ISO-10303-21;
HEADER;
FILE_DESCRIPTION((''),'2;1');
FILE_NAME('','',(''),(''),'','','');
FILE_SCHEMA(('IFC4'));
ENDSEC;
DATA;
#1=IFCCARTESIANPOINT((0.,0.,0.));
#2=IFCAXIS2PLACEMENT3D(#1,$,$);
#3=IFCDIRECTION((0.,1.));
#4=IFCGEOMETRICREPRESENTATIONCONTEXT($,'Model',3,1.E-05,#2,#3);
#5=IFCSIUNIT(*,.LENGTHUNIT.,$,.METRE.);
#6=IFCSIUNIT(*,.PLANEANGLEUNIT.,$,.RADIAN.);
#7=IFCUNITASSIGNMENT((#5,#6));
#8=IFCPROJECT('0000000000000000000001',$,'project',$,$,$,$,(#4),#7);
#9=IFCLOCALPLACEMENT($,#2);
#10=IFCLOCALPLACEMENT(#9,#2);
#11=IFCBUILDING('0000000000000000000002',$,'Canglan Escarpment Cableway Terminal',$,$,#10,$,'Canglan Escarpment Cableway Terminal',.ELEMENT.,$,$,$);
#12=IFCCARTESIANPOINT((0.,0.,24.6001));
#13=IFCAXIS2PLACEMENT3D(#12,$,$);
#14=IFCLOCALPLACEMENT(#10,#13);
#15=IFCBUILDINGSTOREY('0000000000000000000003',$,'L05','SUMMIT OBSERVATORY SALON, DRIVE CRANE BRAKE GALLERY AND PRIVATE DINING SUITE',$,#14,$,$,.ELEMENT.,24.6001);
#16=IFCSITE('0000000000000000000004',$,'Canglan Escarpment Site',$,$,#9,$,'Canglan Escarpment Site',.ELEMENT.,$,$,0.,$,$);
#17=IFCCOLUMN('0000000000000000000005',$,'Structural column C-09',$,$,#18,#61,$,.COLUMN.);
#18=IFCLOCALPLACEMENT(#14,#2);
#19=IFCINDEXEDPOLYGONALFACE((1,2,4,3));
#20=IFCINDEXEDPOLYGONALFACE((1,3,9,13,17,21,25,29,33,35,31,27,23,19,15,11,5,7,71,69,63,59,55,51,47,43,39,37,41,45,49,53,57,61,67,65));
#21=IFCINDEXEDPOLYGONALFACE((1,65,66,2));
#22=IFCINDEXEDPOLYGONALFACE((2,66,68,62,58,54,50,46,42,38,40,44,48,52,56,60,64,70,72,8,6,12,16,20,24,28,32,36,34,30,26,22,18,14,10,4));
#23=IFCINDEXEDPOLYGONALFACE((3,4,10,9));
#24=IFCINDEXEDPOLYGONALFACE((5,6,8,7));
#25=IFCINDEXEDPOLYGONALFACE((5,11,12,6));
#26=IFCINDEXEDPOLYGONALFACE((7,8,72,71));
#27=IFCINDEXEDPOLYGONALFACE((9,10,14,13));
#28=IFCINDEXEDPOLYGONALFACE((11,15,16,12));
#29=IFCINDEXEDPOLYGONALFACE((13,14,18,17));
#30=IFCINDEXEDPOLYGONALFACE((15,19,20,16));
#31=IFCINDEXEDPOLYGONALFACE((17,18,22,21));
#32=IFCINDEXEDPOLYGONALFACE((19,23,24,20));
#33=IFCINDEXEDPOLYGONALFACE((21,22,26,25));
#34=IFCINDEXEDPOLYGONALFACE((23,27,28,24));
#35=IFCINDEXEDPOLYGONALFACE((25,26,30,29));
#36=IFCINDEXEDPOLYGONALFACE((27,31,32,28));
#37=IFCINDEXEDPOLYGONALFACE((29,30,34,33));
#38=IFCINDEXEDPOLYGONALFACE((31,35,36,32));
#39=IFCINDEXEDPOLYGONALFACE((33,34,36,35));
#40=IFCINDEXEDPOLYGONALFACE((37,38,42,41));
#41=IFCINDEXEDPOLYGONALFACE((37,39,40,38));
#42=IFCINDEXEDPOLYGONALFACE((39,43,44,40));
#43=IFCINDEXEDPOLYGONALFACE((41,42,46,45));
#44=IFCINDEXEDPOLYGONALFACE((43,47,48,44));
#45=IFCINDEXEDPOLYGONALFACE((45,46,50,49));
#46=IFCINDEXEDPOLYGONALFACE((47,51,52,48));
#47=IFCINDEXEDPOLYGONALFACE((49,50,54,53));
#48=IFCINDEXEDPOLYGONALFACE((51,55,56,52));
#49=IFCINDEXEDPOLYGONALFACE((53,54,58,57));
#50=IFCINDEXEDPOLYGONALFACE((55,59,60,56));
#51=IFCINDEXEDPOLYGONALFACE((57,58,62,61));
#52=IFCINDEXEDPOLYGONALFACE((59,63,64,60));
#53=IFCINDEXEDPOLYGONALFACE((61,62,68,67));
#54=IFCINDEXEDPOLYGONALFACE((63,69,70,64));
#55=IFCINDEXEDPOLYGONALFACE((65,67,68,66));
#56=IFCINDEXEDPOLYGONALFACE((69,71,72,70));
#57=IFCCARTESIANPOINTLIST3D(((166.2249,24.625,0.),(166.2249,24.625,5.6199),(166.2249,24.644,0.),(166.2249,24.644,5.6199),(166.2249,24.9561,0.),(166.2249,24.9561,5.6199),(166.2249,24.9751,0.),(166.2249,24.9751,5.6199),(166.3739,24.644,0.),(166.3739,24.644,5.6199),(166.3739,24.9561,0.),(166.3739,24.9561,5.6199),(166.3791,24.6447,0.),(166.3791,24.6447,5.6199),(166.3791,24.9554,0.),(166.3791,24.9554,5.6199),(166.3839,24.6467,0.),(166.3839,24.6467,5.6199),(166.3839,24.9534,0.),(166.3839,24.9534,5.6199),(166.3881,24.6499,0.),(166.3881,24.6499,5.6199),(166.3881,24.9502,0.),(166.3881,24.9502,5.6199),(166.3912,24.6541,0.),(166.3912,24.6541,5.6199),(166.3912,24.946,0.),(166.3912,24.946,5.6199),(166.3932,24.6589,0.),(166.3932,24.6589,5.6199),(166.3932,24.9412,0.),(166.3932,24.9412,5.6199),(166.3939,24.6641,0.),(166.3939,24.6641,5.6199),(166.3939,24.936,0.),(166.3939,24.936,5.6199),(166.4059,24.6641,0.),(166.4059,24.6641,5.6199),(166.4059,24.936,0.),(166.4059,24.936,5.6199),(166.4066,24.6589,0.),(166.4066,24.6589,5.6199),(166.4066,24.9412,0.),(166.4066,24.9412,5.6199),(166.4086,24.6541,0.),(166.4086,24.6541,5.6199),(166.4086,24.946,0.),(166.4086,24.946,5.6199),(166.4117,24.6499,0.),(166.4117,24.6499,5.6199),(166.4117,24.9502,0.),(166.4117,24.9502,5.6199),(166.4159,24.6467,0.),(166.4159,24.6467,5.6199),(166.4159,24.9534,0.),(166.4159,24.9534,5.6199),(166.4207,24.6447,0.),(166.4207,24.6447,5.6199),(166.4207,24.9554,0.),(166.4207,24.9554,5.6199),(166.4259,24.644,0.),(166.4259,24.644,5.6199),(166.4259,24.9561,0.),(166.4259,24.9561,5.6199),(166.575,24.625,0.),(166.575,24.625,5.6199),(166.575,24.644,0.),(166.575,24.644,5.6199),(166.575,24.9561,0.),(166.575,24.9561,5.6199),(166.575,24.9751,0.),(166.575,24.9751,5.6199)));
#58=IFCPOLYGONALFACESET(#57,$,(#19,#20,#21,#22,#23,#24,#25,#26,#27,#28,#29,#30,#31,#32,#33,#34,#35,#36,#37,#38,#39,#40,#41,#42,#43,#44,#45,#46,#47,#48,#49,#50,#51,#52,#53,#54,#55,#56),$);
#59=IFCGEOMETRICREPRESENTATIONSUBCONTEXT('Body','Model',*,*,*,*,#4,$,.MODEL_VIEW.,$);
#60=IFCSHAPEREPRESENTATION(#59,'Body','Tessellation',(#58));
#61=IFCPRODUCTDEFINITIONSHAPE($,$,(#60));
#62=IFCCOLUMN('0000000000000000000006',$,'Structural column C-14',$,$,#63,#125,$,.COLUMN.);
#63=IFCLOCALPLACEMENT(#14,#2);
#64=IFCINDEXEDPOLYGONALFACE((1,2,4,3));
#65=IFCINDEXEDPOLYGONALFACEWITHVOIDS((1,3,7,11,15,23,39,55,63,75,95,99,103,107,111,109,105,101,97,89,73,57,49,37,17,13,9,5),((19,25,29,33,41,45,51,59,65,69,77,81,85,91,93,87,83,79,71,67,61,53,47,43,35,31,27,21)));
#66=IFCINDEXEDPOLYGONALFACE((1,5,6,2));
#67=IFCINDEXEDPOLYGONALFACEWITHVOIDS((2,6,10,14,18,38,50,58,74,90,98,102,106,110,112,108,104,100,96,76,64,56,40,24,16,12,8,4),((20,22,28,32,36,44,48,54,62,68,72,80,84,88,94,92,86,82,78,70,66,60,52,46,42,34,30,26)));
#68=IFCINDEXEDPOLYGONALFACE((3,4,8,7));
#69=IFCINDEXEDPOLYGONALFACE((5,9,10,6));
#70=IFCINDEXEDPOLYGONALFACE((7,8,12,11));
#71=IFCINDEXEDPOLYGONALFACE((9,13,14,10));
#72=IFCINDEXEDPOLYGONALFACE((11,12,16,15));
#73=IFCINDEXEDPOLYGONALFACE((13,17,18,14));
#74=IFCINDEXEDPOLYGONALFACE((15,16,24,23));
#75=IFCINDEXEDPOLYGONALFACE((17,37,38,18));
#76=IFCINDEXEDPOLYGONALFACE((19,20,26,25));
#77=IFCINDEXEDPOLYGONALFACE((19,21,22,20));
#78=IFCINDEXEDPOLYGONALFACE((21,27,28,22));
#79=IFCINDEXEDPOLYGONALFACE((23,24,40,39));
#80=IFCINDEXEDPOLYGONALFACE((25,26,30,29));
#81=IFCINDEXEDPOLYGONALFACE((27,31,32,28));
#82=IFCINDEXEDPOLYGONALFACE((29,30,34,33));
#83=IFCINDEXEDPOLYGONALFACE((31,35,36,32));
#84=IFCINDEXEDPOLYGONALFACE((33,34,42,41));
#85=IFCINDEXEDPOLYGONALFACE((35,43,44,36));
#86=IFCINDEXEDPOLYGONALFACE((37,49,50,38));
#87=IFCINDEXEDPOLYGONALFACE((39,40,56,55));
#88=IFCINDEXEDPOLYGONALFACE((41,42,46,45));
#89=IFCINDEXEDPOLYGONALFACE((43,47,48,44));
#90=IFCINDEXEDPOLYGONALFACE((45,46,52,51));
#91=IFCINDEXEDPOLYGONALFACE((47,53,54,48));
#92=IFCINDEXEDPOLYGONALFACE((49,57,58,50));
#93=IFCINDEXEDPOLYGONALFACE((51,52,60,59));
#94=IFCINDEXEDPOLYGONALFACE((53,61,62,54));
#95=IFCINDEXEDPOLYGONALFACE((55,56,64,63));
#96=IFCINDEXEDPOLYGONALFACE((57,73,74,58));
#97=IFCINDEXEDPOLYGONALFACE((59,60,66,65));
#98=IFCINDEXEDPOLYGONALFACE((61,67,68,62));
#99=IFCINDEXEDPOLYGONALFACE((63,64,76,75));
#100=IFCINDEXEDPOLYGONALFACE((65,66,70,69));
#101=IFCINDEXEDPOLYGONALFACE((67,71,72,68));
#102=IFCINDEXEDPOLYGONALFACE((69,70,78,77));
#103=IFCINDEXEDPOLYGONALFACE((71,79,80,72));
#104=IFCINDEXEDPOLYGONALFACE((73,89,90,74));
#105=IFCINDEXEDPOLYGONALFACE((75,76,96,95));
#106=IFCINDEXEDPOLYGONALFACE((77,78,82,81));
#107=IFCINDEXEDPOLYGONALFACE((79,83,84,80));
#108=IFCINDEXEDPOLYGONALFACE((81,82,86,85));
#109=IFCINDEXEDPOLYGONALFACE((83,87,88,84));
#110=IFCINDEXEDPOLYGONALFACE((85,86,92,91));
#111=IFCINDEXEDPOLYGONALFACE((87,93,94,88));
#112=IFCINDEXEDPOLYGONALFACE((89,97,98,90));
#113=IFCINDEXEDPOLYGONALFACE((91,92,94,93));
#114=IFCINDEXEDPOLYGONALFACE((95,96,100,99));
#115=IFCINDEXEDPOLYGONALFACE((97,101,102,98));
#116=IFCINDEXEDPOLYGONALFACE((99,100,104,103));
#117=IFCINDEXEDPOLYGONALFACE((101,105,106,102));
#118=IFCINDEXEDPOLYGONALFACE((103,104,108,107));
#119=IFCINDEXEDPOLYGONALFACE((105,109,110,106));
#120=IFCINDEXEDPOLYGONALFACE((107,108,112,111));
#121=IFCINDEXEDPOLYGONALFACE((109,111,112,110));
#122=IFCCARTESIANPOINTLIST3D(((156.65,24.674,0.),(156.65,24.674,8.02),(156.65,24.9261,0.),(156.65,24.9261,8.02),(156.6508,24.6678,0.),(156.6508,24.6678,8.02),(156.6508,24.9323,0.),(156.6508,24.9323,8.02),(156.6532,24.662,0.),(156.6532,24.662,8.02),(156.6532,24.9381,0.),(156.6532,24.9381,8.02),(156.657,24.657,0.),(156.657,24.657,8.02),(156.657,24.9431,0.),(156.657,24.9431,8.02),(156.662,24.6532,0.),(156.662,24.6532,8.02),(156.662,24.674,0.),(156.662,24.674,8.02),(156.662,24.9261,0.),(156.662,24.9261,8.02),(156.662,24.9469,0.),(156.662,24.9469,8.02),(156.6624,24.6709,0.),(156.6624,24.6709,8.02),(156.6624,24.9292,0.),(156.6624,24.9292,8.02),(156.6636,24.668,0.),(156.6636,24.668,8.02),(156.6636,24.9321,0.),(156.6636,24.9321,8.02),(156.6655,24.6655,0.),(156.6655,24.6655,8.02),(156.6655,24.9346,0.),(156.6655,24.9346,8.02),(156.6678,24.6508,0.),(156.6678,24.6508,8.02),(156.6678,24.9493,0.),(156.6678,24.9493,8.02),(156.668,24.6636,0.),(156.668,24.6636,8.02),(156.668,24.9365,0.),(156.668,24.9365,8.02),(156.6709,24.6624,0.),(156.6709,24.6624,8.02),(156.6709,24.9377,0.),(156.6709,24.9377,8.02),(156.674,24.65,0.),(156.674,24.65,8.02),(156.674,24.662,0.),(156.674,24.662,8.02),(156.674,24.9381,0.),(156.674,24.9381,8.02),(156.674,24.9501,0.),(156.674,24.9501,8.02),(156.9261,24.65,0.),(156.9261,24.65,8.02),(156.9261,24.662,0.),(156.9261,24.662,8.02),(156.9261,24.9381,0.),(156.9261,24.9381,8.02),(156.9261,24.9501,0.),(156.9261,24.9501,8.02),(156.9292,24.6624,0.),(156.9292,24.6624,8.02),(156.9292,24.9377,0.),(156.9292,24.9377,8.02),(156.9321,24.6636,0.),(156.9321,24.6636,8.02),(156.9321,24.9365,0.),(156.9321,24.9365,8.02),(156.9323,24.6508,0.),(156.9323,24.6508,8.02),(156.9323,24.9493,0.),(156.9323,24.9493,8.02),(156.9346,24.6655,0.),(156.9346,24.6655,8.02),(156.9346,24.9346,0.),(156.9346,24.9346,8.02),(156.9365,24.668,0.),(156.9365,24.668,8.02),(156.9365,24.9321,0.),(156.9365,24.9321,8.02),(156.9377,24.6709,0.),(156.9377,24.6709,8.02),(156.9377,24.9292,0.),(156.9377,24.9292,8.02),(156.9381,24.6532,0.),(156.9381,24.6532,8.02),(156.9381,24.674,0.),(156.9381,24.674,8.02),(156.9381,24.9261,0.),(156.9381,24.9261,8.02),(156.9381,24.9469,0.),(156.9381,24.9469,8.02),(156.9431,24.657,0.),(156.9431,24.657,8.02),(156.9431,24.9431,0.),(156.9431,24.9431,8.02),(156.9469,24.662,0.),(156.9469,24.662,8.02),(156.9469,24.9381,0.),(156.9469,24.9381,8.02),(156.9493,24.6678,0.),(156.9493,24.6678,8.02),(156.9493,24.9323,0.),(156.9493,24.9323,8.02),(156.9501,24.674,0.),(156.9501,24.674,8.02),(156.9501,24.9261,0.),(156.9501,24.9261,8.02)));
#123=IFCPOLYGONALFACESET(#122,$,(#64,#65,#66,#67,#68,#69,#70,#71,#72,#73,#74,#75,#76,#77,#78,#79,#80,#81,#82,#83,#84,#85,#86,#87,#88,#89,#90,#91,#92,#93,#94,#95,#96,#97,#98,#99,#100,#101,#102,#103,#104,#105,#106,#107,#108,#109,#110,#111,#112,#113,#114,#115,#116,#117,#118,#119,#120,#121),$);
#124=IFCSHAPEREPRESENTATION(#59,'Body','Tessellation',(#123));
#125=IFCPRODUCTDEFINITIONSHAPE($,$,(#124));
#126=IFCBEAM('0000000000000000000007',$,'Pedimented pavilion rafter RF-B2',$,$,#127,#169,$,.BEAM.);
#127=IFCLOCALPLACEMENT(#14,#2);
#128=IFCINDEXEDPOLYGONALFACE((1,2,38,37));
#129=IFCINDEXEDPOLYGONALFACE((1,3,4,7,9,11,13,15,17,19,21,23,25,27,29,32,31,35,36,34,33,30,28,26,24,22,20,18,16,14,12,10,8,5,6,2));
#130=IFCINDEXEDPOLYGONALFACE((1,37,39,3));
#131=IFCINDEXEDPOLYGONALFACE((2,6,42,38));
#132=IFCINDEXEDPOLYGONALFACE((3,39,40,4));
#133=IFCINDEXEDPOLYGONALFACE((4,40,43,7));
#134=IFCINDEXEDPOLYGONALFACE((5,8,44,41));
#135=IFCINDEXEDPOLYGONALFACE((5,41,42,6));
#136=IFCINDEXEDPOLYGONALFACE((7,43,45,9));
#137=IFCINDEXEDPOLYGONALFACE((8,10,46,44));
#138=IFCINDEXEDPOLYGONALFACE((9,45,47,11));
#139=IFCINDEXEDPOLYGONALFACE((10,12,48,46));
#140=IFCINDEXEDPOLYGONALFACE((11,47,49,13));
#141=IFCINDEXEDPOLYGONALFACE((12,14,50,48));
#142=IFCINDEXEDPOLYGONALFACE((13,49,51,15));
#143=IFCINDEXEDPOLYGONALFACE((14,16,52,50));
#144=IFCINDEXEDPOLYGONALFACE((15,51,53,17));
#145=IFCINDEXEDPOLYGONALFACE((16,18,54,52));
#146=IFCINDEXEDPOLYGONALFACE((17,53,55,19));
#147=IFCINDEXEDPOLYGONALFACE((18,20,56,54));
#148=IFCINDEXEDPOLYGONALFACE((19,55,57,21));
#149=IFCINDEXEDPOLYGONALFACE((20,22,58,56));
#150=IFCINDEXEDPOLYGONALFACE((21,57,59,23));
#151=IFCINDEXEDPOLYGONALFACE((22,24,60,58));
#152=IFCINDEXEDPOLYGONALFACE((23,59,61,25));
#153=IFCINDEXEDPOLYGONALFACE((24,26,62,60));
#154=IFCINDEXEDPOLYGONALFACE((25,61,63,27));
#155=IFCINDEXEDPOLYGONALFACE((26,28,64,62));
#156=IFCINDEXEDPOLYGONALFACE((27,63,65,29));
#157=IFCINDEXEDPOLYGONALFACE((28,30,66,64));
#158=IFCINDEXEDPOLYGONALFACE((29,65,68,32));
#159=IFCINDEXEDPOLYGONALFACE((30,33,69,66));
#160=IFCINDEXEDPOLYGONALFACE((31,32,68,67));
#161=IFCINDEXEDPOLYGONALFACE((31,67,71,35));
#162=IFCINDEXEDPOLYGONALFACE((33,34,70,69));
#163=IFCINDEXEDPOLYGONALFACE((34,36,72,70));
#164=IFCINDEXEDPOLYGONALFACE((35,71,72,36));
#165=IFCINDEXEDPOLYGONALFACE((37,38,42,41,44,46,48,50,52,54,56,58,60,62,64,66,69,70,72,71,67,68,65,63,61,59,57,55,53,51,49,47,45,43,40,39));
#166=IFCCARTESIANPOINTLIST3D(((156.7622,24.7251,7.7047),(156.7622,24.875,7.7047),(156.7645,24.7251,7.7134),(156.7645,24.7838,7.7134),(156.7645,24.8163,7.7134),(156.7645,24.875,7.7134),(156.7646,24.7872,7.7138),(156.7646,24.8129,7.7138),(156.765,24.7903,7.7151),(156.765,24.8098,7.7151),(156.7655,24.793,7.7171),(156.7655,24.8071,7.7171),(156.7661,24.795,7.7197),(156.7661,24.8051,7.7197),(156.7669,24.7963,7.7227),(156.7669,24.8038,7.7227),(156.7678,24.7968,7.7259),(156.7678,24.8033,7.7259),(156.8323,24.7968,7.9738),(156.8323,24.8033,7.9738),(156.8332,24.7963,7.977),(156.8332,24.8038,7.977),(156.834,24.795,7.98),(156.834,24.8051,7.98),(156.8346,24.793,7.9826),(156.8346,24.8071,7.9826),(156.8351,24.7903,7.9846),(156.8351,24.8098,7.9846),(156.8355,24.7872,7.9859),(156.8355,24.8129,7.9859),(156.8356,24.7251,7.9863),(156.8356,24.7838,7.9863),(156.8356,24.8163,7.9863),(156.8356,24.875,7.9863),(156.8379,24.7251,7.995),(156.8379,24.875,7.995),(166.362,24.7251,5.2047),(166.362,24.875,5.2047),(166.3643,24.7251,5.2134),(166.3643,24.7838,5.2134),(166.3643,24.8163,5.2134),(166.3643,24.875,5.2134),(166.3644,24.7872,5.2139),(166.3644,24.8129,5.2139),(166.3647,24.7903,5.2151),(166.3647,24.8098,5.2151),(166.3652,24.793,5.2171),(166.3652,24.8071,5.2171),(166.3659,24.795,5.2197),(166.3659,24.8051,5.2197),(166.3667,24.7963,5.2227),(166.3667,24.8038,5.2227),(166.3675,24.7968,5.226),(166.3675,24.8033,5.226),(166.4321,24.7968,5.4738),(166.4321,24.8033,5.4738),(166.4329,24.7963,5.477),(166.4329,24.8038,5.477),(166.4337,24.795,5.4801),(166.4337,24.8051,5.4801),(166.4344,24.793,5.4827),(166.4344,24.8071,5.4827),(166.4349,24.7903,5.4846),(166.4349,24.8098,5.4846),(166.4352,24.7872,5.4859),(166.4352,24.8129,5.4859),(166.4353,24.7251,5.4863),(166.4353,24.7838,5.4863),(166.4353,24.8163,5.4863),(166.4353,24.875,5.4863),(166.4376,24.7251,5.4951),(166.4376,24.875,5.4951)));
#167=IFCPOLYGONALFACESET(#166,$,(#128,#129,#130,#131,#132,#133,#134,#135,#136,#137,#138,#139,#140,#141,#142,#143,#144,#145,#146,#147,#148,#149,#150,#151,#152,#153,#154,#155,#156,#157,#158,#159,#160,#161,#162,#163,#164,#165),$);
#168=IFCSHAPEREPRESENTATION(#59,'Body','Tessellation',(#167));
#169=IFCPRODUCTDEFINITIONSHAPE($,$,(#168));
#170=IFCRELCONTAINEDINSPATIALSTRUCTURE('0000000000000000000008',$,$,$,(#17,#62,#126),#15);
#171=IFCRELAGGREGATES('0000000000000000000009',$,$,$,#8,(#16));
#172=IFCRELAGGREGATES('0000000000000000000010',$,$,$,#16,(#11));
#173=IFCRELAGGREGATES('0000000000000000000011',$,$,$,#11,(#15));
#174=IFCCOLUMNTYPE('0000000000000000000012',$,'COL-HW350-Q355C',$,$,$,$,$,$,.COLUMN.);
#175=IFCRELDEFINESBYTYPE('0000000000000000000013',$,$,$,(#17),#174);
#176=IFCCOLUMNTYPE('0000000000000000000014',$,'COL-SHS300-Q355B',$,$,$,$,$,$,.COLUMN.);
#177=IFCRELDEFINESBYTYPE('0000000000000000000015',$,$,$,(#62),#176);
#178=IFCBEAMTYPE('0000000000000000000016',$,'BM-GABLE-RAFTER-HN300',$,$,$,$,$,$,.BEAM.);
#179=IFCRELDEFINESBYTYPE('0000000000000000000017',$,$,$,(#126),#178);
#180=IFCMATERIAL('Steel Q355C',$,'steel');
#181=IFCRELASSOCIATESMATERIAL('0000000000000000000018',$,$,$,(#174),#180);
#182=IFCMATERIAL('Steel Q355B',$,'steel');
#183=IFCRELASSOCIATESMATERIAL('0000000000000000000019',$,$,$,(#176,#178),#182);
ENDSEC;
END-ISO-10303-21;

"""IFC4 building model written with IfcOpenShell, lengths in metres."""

from ifc_helpers import new_model, si_unit, direction, frame, origin, origin_2d, place, context, subcontext, project, spatial, hollow_rectangle, i_section, extrude, material, material_profile, profile_set, type_object, element, save


model = new_model("IFC4")

# Units and contexts
model_context = context("Model", 3, precision=1e-05, world=origin(), true_north=direction((0.0, 1.0)))
body_context = subcontext(model_context, "Body", "Model", "MODEL_VIEW")
ifc_project = project(units=[si_unit("LENGTHUNIT", "METRE"), si_unit("PLANEANGLEUNIT", "RADIAN")], contexts=[model_context])

# Site, building, storey
site_placement = place(None, origin())
site = spatial("IfcSite", under=ifc_project, at=site_placement, Name="Canglan Escarpment Site", LongName="Canglan Escarpment Site", CompositionType="ELEMENT", RefElevation=0.0)
building_placement = place(site_placement, origin())
building = spatial("IfcBuilding", under=site, at=building_placement, Name="Canglan Escarpment Cableway Terminal", LongName="Canglan Escarpment Cableway Terminal", CompositionType="ELEMENT")
storey_placement = place(building_placement, frame((0.0, 0.0, 24.6001)))
storey = spatial("IfcBuildingStorey", under=building, at=storey_placement, Name="L05", Description="SUMMIT OBSERVATORY SALON, DRIVE CRANE BRAKE GALLERY AND PRIVATE DINING SUITE", CompositionType="ELEMENT", Elevation=24.6001)

# Columns
ifc_material_1 = material(Name="Steel Q355C", Category="steel")
ifc_material_profile_1 = material_profile(ifc_material_1, i_section(OverallWidth=0.3501, OverallDepth=0.3501, WebThickness=0.012, FlangeThickness=0.019, FilletRadius=0.02, at=origin_2d()), Name="HW 350x350x12x19")
ifc_profile_set_1 = profile_set([ifc_material_profile_1], Name="Steel Q355C")
column_type_1 = type_object("IfcColumnType", Name="COL-HW350-Q355C", PredefinedType="COLUMN", material=ifc_profile_set_1)
column_1_placement = place(storey_placement, frame((166.3999, 24.8, 0.0), z_axis=(0.0, 0.0, 1.0), x_axis=(1.0, 0.0, 0.0)))
element("IfcColumn", 1, at=column_1_placement, inside=storey, type_object=column_type_1, Name="Structural column C-09", PredefinedType="COLUMN", context=body_context, shape_type="SweptSolid", body=[
    extrude(i_section(OverallWidth=0.3501, OverallDepth=0.3501, WebThickness=0.012, FlangeThickness=0.019, FilletRadius=0.02, at=origin_2d()), origin(), (0.0, 0.0, 1.0), 5.6199),
])
ifc_material_2 = material(Name="Steel Q355B", Category="steel")
ifc_material_profile_2 = material_profile(ifc_material_2, hollow_rectangle(XDim=0.3, YDim=0.3, WallThickness=0.012, InnerFilletRadius=0.012, OuterFilletRadius=0.0239, at=origin_2d()), Name="SHS 300x300x12")
ifc_profile_set_2 = profile_set([ifc_material_profile_2], Name="Steel Q355B")
column_type_2 = type_object("IfcColumnType", Name="COL-SHS300-Q355B", PredefinedType="COLUMN", material=ifc_profile_set_2)
column_2_placement = place(storey_placement, frame((156.8, 24.8, 0.0), z_axis=(0.0, 0.0, 1.0), x_axis=(1.0, 0.0, 0.0)))
element("IfcColumn", 2, at=column_2_placement, inside=storey, type_object=column_type_2, Name="Structural column C-14", PredefinedType="COLUMN", context=body_context, shape_type="SweptSolid", body=[
    extrude(hollow_rectangle(XDim=0.3, YDim=0.3, WallThickness=0.012, InnerFilletRadius=0.012, OuterFilletRadius=0.0239, at=origin_2d()), origin(), (0.0, 0.0, 1.0), 8.02),
])

# Beam
ifc_material_profile_3 = material_profile(ifc_material_2, i_section(OverallWidth=0.1499, OverallDepth=0.3, WebThickness=0.0066, FlangeThickness=0.009, FilletRadius=0.0129, at=origin_2d()), Name="HN 300x150x6.5x9")
ifc_profile_set_3 = profile_set([ifc_material_profile_3], Name="Steel Q355B")
beam_type = type_object("IfcBeamType", Name="BM-GABLE-RAFTER-HN300", PredefinedType="BEAM", material=ifc_profile_set_3)
beam_placement = place(storey_placement, frame((156.8, 24.8, 7.8499), z_axis=(0.967723, 0.0, -0.252015), x_axis=(0.0, 1.0, 0.0)))
element("IfcBeam", 3, at=beam_placement, inside=storey, type_object=beam_type, Name="Pedimented pavilion rafter RF-B2", PredefinedType="BEAM", context=body_context, shape_type="SweptSolid", body=[
    extrude(i_section(OverallWidth=0.1499, OverallDepth=0.3, WebThickness=0.0066, FlangeThickness=0.009, FilletRadius=0.0129, at=origin_2d()), origin(), (0.0, 0.0, 1.0), 9.9199),
])

save(model, "model.ifc")
